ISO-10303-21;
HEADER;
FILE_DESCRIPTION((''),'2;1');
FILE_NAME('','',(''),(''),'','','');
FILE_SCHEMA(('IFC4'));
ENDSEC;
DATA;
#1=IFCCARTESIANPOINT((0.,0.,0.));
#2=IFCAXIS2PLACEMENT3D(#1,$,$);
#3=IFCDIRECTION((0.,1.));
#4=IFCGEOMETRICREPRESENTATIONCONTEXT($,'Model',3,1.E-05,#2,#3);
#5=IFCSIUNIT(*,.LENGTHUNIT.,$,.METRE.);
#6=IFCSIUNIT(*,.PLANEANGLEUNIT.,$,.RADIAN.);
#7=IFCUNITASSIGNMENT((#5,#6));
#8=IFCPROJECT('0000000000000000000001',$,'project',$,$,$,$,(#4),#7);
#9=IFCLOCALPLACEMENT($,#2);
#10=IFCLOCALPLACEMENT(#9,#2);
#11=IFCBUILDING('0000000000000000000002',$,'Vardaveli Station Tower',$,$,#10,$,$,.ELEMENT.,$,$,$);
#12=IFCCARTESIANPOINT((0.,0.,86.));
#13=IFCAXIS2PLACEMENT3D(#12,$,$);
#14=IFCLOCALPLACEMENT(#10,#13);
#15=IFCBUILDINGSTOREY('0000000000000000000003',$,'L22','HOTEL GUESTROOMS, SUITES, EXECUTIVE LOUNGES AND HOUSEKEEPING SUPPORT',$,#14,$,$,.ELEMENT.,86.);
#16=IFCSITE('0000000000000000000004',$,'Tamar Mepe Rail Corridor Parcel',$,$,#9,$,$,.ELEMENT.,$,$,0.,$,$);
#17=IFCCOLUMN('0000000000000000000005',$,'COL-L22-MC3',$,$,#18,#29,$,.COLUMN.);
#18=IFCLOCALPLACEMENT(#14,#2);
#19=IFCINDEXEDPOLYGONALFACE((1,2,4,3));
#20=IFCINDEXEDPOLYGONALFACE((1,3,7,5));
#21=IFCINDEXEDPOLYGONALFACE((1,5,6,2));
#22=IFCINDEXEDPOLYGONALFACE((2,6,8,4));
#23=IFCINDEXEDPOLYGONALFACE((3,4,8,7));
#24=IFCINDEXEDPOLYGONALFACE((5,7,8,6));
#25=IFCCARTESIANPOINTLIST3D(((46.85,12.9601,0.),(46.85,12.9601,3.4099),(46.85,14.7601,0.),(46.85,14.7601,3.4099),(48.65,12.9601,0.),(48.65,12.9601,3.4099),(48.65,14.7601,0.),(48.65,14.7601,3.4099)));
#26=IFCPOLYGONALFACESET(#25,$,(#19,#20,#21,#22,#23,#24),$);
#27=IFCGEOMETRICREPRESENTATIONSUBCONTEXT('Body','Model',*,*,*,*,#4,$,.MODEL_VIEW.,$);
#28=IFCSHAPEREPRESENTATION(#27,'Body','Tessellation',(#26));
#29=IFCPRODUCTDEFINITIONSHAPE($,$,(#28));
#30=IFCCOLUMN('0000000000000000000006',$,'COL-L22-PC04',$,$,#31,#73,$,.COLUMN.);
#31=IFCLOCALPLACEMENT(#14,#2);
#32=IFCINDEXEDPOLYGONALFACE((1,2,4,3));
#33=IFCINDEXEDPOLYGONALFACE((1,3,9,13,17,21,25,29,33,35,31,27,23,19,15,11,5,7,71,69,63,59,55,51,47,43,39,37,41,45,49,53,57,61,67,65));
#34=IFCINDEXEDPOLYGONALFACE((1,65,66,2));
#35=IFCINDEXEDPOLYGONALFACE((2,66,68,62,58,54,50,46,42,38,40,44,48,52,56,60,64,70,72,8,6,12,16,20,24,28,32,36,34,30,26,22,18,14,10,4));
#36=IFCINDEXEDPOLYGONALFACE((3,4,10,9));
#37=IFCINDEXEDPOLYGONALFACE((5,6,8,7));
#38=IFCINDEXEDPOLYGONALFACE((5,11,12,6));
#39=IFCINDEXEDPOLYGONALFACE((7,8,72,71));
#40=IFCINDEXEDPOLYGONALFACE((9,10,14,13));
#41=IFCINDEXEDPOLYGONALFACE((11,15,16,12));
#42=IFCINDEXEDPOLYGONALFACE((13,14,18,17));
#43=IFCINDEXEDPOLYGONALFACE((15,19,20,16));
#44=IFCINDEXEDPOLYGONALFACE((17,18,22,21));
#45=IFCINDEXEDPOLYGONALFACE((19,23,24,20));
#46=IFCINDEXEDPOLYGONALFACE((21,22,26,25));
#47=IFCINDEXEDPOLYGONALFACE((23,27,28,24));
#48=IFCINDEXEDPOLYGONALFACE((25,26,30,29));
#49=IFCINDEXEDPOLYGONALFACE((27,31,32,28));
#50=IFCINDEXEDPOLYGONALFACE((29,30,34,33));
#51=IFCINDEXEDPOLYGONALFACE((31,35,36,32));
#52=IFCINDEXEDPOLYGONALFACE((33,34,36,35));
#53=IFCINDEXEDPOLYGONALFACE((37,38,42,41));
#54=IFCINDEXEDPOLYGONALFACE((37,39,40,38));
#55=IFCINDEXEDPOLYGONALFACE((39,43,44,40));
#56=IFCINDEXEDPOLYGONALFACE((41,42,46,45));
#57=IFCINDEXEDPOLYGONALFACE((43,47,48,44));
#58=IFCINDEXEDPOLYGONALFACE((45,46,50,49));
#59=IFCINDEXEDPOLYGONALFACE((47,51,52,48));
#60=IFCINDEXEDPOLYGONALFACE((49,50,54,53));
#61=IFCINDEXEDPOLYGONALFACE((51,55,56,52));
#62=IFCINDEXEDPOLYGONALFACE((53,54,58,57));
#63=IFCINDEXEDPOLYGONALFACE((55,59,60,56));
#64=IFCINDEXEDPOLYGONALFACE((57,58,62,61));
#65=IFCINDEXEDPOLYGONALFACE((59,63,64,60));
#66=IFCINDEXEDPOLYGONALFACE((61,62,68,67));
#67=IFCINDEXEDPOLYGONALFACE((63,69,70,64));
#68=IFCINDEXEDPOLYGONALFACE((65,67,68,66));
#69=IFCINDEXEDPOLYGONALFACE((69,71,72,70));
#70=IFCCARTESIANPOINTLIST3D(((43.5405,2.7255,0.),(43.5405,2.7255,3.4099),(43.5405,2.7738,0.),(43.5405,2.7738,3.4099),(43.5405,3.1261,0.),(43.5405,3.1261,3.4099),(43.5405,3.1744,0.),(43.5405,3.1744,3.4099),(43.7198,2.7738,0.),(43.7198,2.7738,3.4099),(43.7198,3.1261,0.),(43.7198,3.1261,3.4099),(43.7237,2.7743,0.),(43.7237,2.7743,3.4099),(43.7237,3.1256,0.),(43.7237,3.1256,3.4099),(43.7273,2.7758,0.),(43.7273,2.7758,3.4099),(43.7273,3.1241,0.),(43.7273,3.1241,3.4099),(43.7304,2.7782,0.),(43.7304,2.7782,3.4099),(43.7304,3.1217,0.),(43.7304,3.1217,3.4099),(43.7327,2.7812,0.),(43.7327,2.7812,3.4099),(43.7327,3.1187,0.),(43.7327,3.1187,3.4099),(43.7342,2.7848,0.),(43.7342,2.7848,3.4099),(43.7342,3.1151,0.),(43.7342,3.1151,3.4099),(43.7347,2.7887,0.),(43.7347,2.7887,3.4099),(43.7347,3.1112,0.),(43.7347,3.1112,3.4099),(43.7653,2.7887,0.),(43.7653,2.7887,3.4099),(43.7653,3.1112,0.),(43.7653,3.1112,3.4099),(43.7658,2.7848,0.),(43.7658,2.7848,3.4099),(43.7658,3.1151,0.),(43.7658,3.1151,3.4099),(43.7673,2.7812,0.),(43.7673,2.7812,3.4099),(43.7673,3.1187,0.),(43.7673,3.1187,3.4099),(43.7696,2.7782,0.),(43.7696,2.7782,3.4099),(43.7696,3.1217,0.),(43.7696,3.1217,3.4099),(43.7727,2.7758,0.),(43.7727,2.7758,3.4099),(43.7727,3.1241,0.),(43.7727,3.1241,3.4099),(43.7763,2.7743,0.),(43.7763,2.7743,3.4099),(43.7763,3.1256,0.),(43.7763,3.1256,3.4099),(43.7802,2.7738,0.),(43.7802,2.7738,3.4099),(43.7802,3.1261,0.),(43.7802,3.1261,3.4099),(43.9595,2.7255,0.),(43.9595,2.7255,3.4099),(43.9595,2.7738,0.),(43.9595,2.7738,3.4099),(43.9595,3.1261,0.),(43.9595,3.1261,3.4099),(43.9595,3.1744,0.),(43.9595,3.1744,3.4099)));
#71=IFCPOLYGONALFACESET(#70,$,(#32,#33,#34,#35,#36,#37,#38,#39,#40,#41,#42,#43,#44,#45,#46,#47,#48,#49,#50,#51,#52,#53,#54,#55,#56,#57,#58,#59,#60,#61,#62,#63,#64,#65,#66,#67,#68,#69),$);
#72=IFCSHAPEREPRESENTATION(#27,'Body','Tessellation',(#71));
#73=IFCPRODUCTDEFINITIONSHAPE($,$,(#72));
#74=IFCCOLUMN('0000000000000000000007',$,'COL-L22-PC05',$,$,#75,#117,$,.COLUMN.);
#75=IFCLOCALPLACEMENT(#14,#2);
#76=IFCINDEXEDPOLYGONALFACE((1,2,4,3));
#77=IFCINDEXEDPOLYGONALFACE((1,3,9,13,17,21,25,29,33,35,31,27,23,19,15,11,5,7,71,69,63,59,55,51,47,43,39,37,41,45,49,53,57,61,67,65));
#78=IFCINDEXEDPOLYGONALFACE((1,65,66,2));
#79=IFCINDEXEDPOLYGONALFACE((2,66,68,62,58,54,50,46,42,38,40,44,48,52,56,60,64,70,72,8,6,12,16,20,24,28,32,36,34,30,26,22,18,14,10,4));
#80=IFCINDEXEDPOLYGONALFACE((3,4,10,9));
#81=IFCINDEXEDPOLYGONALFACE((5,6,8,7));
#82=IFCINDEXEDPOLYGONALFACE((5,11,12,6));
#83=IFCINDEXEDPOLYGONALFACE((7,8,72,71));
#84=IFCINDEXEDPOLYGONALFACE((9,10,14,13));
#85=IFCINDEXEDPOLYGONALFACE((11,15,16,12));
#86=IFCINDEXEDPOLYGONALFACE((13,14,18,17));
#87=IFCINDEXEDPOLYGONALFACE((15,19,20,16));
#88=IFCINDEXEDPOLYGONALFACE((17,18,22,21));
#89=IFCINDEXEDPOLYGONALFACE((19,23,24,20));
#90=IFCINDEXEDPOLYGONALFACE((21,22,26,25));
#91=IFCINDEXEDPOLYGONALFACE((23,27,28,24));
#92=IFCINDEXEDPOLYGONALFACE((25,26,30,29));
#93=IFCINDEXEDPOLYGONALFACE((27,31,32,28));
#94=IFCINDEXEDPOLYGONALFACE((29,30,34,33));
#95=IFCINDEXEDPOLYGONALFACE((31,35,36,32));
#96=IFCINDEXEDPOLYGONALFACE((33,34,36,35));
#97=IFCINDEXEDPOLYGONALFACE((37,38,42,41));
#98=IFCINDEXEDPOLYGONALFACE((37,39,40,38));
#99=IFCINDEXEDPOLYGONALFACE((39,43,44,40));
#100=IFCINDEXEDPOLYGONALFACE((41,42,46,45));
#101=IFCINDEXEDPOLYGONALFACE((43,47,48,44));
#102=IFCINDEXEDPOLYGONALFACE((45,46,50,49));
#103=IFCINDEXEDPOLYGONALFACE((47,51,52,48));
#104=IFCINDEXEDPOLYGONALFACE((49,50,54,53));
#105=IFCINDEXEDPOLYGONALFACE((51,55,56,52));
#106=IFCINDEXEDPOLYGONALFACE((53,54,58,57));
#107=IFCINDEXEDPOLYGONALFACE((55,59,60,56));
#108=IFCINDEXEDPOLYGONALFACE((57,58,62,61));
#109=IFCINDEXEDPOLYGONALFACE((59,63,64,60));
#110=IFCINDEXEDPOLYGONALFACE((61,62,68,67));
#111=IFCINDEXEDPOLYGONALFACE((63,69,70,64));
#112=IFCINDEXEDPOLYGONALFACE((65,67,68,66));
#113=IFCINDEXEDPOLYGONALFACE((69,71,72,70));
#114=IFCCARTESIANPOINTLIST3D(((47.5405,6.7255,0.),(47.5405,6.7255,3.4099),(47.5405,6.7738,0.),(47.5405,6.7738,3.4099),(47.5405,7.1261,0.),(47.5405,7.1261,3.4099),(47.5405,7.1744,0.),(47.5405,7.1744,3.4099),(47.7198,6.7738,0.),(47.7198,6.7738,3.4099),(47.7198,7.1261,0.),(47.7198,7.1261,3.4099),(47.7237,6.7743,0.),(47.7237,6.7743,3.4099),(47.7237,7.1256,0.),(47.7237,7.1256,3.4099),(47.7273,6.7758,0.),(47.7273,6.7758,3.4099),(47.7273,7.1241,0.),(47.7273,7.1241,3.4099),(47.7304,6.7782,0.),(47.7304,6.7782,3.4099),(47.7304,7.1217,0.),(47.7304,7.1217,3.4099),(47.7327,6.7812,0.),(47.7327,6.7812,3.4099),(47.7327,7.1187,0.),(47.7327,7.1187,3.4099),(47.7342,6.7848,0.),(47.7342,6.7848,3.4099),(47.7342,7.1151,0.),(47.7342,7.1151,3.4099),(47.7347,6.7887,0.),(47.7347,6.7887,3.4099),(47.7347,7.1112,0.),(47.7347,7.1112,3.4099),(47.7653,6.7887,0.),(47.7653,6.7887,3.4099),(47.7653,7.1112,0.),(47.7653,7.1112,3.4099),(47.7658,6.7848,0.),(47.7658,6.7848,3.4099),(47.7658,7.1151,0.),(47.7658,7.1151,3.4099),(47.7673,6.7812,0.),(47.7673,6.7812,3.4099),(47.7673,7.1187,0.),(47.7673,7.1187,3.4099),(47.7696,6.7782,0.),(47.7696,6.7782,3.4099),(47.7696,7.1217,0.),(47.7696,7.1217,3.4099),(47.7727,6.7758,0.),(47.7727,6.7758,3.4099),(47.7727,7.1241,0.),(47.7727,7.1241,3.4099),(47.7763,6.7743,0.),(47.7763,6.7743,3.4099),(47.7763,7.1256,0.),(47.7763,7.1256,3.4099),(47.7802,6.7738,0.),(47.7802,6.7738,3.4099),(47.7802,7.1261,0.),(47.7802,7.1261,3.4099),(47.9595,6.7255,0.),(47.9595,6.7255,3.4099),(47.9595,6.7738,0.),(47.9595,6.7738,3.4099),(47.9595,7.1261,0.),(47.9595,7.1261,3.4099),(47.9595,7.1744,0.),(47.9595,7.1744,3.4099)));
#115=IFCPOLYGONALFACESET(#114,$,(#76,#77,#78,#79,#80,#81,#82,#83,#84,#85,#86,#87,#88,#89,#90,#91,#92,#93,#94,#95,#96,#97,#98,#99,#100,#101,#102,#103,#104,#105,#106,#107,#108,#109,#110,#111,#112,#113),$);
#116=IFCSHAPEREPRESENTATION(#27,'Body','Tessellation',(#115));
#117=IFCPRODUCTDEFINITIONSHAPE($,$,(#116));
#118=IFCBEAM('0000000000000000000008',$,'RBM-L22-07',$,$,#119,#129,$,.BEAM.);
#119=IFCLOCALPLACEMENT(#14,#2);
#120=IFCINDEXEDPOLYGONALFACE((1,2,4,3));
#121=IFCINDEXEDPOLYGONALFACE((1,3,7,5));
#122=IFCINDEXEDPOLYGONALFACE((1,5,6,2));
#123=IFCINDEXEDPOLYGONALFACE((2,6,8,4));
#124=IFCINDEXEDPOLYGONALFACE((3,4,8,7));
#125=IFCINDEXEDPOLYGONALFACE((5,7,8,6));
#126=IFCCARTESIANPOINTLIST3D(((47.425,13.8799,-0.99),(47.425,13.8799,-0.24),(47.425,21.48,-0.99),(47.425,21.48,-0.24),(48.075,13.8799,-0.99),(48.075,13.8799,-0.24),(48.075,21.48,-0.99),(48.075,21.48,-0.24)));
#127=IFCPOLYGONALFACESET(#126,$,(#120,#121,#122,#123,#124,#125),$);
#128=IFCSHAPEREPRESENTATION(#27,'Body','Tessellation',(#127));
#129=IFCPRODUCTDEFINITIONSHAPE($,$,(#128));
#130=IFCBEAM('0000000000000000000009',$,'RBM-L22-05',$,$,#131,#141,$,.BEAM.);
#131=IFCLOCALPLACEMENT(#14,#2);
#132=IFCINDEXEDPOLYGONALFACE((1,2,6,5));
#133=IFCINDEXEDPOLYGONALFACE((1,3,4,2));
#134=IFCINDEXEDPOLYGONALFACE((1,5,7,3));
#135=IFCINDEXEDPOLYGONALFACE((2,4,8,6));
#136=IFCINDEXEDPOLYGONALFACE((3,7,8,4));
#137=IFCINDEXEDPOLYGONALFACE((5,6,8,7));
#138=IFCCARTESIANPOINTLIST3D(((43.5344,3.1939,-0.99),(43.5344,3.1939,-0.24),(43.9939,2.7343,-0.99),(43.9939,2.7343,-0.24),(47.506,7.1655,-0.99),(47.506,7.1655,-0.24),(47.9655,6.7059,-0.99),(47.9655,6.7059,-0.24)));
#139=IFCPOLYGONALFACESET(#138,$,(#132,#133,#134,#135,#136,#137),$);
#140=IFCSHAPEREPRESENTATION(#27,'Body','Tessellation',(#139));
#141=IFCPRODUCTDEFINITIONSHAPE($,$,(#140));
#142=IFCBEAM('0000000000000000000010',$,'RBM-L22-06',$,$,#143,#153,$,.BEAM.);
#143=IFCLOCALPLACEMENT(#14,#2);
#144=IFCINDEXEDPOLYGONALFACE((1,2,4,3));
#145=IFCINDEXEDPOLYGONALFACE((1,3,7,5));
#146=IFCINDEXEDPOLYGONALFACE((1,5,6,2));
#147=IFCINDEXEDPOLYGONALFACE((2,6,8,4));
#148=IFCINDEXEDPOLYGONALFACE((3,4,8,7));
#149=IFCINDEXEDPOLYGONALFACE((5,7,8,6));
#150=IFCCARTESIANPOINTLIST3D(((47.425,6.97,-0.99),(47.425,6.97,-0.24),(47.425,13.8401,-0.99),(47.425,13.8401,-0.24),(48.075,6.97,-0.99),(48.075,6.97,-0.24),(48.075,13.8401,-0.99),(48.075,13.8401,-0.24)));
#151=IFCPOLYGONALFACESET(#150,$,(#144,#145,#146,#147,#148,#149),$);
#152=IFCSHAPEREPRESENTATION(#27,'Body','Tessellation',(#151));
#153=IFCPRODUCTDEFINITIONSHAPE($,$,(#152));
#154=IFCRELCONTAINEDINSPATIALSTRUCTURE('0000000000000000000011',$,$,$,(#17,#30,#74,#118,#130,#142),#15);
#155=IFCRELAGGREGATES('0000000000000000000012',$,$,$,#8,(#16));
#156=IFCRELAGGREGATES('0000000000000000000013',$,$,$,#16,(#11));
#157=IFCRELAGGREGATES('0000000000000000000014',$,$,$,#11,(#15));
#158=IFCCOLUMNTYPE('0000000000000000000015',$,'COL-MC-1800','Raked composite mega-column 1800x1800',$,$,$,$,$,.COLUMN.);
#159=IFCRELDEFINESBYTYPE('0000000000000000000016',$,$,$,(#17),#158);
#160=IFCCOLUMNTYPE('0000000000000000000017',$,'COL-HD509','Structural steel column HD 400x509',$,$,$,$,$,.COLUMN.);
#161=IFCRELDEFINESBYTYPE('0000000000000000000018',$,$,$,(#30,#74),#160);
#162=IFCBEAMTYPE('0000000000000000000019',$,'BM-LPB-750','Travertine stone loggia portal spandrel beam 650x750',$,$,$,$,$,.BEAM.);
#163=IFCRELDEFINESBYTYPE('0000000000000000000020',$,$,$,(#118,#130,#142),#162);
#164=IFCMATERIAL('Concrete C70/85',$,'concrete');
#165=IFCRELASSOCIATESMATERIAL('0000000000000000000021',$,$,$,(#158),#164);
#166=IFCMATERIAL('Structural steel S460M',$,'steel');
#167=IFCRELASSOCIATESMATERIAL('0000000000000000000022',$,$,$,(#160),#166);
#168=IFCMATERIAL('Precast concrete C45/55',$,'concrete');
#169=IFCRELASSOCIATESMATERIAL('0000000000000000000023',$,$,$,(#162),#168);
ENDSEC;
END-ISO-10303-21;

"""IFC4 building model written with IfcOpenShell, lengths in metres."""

from ifc_helpers import new_model, si_unit, direction, frame, origin, origin_2d, place, context, subcontext, project, spatial, rectangle, i_section, extrude, source, transform, mapped, material, material_profile, profile_set, type_object, element, save


model = new_model("IFC4")

# Units and contexts
model_context = context("Model", 3, precision=1e-05, world=origin(), true_north=direction((0.0, 1.0)))
body_context = subcontext(model_context, "Body", "Model", "MODEL_VIEW")
ifc_project = project(units=[si_unit("LENGTHUNIT", "METRE"), si_unit("PLANEANGLEUNIT", "RADIAN")], contexts=[model_context])

# Site, building, storey
site_placement = place(None, origin())
site = spatial("IfcSite", under=ifc_project, at=site_placement, Name="Tamar Mepe Rail Corridor Parcel", CompositionType="ELEMENT", RefElevation=0.0)
building_placement = place(site_placement, origin())
building = spatial("IfcBuilding", under=site, at=building_placement, Name="Vardaveli Station Tower", CompositionType="ELEMENT")
storey_placement = place(building_placement, frame((0.0, 0.0, 86.0)))
storey = spatial("IfcBuildingStorey", under=building, at=storey_placement, Name="L22", Description="HOTEL GUESTROOMS, SUITES, EXECUTIVE LOUNGES AND HOUSEKEEPING SUPPORT", CompositionType="ELEMENT", Elevation=86.0)

# Columns
ifc_material_1 = material(Name="Concrete C70/85", Category="concrete")
ifc_material_profile_1 = material_profile(ifc_material_1, rectangle(XDim=1.8, YDim=1.8, at=origin_2d()), Name="MC 1800x1800")
ifc_profile_set_1 = profile_set([ifc_material_profile_1], Name="Concrete C70/85")
column_type_1 = type_object("IfcColumnType", Name="COL-MC-1800", Description="Raked composite mega-column 1800x1800", PredefinedType="COLUMN", material=ifc_profile_set_1)
shared_shape_1 = source(origin(), body_context, "Body", "SweptSolid", [
    extrude(rectangle(XDim=1.8, YDim=1.8, at=origin_2d()), origin(), (0.0, 0.0, 1.0), 3.4099),
])
column_placement = place(storey_placement, frame((47.75, 13.8601, 0.0), z_axis=(0.0, 0.0, 1.0), x_axis=(1.0, 0.0, 0.0)))
element("IfcColumn", 1, at=column_placement, inside=storey, type_object=column_type_1, Name="COL-L22-MC3", PredefinedType="COLUMN", context=body_context, shape_type="MappedRepresentation", body=[
    mapped(shared_shape_1, transform((0.0, 0.0, 0.0), scale=1.0)),
])
ifc_material_2 = material(Name="Structural steel S460M", Category="steel")
ifc_material_profile_2 = material_profile(ifc_material_2, i_section(OverallWidth=0.4189, OverallDepth=0.449, WebThickness=0.0305, FlangeThickness=0.0483, FilletRadius=0.0149, at=origin_2d()), Name="HD 400x509")
ifc_profile_set_2 = profile_set([ifc_material_profile_2], Name="Structural steel S460M")
column_type_2 = type_object("IfcColumnType", Name="COL-HD509", Description="Structural steel column HD 400x509", PredefinedType="COLUMN", material=ifc_profile_set_2)
shared_shape_2 = source(origin(), body_context, "Body", "SweptSolid", [
    extrude(i_section(OverallWidth=0.4189, OverallDepth=0.449, WebThickness=0.0305, FlangeThickness=0.0483, FilletRadius=0.0149, at=origin_2d()), origin(), (0.0, 0.0, 1.0), 3.4099),
])
for number, where, z_axis, x_axis, name in (
    (2, (43.75, 2.95, 0.0), (0.0, 0.0, 1.0), (1.0, 0.0, 0.0), "COL-L22-PC04"),
    (3, (47.75, 6.95, 0.0), (0.0, 0.0, 1.0), (1.0, 0.0, 0.0), "COL-L22-PC05"),
):
    element("IfcColumn", number, at=place(storey_placement, frame(where, z_axis=z_axis, x_axis=x_axis)), inside=storey, type_object=column_type_2, Name=name, PredefinedType="COLUMN", context=body_context, shape_type="MappedRepresentation", body=[
        mapped(shared_shape_2, transform((0.0, 0.0, 0.0), scale=1.0)),
    ])

# Beams
ifc_material_3 = material(Name="Precast concrete C45/55", Category="concrete")
ifc_material_profile_3 = material_profile(ifc_material_3, rectangle(XDim=0.6499, YDim=0.75, at=origin_2d()), Name="LPB 650x750")
ifc_profile_set_3 = profile_set([ifc_material_profile_3], Name="Precast concrete C45/55")
beam_type_1 = type_object("IfcBeamType", Name="BM-LPB-750", Description="Travertine stone loggia portal spandrel beam 650x750", PredefinedType="BEAM", material=ifc_profile_set_3)
shared_shape_3 = source(origin(), body_context, "Body", "SweptSolid", [
    extrude(rectangle(XDim=0.6499, YDim=0.75, at=origin_2d()), origin(), (0.0, 0.0, 1.0), 7.6001),
])
beam_1_placement = place(storey_placement, frame((47.75, 13.8799, -0.615), z_axis=(0.0, 1.0, 0.0), x_axis=(-1.0, 0.0, 0.0)))
element("IfcBeam", 4, at=beam_1_placement, inside=storey, type_object=beam_type_1, Name="RBM-L22-07", PredefinedType="BEAM", context=body_context, shape_type="MappedRepresentation", body=[
    mapped(shared_shape_3, transform((0.0, 0.0, 0.0), scale=1.0)),
])
shared_shape_4 = source(origin(), body_context, "Body", "SweptSolid", [
    extrude(rectangle(XDim=0.6499, YDim=0.75, at=origin_2d()), origin(), (0.0, 0.0, 1.0), 5.6167),
])
beam_2_placement = place(storey_placement, frame((43.7642, 2.9641, -0.615), z_axis=(0.707107, 0.707107, 0.0), x_axis=(-0.707107, 0.707107, 0.0)))
element("IfcBeam", 5, at=beam_2_placement, inside=storey, type_object=beam_type_1, Name="RBM-L22-05", PredefinedType="BEAM", context=body_context, shape_type="MappedRepresentation", body=[
    mapped(shared_shape_4, transform((0.0, 0.0, 0.0), scale=1.0)),
])
shared_shape_5 = source(origin(), body_context, "Body", "SweptSolid", [
    extrude(rectangle(XDim=0.6499, YDim=0.75, at=origin_2d()), origin(), (0.0, 0.0, 1.0), 6.8701),
])
beam_3_placement = place(storey_placement, frame((47.75, 6.97, -0.615), z_axis=(0.0, 1.0, 0.0), x_axis=(-1.0, 0.0, 0.0)))
element("IfcBeam", 6, at=beam_3_placement, inside=storey, type_object=beam_type_1, Name="RBM-L22-06", PredefinedType="BEAM", context=body_context, shape_type="MappedRepresentation", body=[
    mapped(shared_shape_5, transform((0.0, 0.0, 0.0), scale=1.0)),
])

save(model, "model.ifc")
